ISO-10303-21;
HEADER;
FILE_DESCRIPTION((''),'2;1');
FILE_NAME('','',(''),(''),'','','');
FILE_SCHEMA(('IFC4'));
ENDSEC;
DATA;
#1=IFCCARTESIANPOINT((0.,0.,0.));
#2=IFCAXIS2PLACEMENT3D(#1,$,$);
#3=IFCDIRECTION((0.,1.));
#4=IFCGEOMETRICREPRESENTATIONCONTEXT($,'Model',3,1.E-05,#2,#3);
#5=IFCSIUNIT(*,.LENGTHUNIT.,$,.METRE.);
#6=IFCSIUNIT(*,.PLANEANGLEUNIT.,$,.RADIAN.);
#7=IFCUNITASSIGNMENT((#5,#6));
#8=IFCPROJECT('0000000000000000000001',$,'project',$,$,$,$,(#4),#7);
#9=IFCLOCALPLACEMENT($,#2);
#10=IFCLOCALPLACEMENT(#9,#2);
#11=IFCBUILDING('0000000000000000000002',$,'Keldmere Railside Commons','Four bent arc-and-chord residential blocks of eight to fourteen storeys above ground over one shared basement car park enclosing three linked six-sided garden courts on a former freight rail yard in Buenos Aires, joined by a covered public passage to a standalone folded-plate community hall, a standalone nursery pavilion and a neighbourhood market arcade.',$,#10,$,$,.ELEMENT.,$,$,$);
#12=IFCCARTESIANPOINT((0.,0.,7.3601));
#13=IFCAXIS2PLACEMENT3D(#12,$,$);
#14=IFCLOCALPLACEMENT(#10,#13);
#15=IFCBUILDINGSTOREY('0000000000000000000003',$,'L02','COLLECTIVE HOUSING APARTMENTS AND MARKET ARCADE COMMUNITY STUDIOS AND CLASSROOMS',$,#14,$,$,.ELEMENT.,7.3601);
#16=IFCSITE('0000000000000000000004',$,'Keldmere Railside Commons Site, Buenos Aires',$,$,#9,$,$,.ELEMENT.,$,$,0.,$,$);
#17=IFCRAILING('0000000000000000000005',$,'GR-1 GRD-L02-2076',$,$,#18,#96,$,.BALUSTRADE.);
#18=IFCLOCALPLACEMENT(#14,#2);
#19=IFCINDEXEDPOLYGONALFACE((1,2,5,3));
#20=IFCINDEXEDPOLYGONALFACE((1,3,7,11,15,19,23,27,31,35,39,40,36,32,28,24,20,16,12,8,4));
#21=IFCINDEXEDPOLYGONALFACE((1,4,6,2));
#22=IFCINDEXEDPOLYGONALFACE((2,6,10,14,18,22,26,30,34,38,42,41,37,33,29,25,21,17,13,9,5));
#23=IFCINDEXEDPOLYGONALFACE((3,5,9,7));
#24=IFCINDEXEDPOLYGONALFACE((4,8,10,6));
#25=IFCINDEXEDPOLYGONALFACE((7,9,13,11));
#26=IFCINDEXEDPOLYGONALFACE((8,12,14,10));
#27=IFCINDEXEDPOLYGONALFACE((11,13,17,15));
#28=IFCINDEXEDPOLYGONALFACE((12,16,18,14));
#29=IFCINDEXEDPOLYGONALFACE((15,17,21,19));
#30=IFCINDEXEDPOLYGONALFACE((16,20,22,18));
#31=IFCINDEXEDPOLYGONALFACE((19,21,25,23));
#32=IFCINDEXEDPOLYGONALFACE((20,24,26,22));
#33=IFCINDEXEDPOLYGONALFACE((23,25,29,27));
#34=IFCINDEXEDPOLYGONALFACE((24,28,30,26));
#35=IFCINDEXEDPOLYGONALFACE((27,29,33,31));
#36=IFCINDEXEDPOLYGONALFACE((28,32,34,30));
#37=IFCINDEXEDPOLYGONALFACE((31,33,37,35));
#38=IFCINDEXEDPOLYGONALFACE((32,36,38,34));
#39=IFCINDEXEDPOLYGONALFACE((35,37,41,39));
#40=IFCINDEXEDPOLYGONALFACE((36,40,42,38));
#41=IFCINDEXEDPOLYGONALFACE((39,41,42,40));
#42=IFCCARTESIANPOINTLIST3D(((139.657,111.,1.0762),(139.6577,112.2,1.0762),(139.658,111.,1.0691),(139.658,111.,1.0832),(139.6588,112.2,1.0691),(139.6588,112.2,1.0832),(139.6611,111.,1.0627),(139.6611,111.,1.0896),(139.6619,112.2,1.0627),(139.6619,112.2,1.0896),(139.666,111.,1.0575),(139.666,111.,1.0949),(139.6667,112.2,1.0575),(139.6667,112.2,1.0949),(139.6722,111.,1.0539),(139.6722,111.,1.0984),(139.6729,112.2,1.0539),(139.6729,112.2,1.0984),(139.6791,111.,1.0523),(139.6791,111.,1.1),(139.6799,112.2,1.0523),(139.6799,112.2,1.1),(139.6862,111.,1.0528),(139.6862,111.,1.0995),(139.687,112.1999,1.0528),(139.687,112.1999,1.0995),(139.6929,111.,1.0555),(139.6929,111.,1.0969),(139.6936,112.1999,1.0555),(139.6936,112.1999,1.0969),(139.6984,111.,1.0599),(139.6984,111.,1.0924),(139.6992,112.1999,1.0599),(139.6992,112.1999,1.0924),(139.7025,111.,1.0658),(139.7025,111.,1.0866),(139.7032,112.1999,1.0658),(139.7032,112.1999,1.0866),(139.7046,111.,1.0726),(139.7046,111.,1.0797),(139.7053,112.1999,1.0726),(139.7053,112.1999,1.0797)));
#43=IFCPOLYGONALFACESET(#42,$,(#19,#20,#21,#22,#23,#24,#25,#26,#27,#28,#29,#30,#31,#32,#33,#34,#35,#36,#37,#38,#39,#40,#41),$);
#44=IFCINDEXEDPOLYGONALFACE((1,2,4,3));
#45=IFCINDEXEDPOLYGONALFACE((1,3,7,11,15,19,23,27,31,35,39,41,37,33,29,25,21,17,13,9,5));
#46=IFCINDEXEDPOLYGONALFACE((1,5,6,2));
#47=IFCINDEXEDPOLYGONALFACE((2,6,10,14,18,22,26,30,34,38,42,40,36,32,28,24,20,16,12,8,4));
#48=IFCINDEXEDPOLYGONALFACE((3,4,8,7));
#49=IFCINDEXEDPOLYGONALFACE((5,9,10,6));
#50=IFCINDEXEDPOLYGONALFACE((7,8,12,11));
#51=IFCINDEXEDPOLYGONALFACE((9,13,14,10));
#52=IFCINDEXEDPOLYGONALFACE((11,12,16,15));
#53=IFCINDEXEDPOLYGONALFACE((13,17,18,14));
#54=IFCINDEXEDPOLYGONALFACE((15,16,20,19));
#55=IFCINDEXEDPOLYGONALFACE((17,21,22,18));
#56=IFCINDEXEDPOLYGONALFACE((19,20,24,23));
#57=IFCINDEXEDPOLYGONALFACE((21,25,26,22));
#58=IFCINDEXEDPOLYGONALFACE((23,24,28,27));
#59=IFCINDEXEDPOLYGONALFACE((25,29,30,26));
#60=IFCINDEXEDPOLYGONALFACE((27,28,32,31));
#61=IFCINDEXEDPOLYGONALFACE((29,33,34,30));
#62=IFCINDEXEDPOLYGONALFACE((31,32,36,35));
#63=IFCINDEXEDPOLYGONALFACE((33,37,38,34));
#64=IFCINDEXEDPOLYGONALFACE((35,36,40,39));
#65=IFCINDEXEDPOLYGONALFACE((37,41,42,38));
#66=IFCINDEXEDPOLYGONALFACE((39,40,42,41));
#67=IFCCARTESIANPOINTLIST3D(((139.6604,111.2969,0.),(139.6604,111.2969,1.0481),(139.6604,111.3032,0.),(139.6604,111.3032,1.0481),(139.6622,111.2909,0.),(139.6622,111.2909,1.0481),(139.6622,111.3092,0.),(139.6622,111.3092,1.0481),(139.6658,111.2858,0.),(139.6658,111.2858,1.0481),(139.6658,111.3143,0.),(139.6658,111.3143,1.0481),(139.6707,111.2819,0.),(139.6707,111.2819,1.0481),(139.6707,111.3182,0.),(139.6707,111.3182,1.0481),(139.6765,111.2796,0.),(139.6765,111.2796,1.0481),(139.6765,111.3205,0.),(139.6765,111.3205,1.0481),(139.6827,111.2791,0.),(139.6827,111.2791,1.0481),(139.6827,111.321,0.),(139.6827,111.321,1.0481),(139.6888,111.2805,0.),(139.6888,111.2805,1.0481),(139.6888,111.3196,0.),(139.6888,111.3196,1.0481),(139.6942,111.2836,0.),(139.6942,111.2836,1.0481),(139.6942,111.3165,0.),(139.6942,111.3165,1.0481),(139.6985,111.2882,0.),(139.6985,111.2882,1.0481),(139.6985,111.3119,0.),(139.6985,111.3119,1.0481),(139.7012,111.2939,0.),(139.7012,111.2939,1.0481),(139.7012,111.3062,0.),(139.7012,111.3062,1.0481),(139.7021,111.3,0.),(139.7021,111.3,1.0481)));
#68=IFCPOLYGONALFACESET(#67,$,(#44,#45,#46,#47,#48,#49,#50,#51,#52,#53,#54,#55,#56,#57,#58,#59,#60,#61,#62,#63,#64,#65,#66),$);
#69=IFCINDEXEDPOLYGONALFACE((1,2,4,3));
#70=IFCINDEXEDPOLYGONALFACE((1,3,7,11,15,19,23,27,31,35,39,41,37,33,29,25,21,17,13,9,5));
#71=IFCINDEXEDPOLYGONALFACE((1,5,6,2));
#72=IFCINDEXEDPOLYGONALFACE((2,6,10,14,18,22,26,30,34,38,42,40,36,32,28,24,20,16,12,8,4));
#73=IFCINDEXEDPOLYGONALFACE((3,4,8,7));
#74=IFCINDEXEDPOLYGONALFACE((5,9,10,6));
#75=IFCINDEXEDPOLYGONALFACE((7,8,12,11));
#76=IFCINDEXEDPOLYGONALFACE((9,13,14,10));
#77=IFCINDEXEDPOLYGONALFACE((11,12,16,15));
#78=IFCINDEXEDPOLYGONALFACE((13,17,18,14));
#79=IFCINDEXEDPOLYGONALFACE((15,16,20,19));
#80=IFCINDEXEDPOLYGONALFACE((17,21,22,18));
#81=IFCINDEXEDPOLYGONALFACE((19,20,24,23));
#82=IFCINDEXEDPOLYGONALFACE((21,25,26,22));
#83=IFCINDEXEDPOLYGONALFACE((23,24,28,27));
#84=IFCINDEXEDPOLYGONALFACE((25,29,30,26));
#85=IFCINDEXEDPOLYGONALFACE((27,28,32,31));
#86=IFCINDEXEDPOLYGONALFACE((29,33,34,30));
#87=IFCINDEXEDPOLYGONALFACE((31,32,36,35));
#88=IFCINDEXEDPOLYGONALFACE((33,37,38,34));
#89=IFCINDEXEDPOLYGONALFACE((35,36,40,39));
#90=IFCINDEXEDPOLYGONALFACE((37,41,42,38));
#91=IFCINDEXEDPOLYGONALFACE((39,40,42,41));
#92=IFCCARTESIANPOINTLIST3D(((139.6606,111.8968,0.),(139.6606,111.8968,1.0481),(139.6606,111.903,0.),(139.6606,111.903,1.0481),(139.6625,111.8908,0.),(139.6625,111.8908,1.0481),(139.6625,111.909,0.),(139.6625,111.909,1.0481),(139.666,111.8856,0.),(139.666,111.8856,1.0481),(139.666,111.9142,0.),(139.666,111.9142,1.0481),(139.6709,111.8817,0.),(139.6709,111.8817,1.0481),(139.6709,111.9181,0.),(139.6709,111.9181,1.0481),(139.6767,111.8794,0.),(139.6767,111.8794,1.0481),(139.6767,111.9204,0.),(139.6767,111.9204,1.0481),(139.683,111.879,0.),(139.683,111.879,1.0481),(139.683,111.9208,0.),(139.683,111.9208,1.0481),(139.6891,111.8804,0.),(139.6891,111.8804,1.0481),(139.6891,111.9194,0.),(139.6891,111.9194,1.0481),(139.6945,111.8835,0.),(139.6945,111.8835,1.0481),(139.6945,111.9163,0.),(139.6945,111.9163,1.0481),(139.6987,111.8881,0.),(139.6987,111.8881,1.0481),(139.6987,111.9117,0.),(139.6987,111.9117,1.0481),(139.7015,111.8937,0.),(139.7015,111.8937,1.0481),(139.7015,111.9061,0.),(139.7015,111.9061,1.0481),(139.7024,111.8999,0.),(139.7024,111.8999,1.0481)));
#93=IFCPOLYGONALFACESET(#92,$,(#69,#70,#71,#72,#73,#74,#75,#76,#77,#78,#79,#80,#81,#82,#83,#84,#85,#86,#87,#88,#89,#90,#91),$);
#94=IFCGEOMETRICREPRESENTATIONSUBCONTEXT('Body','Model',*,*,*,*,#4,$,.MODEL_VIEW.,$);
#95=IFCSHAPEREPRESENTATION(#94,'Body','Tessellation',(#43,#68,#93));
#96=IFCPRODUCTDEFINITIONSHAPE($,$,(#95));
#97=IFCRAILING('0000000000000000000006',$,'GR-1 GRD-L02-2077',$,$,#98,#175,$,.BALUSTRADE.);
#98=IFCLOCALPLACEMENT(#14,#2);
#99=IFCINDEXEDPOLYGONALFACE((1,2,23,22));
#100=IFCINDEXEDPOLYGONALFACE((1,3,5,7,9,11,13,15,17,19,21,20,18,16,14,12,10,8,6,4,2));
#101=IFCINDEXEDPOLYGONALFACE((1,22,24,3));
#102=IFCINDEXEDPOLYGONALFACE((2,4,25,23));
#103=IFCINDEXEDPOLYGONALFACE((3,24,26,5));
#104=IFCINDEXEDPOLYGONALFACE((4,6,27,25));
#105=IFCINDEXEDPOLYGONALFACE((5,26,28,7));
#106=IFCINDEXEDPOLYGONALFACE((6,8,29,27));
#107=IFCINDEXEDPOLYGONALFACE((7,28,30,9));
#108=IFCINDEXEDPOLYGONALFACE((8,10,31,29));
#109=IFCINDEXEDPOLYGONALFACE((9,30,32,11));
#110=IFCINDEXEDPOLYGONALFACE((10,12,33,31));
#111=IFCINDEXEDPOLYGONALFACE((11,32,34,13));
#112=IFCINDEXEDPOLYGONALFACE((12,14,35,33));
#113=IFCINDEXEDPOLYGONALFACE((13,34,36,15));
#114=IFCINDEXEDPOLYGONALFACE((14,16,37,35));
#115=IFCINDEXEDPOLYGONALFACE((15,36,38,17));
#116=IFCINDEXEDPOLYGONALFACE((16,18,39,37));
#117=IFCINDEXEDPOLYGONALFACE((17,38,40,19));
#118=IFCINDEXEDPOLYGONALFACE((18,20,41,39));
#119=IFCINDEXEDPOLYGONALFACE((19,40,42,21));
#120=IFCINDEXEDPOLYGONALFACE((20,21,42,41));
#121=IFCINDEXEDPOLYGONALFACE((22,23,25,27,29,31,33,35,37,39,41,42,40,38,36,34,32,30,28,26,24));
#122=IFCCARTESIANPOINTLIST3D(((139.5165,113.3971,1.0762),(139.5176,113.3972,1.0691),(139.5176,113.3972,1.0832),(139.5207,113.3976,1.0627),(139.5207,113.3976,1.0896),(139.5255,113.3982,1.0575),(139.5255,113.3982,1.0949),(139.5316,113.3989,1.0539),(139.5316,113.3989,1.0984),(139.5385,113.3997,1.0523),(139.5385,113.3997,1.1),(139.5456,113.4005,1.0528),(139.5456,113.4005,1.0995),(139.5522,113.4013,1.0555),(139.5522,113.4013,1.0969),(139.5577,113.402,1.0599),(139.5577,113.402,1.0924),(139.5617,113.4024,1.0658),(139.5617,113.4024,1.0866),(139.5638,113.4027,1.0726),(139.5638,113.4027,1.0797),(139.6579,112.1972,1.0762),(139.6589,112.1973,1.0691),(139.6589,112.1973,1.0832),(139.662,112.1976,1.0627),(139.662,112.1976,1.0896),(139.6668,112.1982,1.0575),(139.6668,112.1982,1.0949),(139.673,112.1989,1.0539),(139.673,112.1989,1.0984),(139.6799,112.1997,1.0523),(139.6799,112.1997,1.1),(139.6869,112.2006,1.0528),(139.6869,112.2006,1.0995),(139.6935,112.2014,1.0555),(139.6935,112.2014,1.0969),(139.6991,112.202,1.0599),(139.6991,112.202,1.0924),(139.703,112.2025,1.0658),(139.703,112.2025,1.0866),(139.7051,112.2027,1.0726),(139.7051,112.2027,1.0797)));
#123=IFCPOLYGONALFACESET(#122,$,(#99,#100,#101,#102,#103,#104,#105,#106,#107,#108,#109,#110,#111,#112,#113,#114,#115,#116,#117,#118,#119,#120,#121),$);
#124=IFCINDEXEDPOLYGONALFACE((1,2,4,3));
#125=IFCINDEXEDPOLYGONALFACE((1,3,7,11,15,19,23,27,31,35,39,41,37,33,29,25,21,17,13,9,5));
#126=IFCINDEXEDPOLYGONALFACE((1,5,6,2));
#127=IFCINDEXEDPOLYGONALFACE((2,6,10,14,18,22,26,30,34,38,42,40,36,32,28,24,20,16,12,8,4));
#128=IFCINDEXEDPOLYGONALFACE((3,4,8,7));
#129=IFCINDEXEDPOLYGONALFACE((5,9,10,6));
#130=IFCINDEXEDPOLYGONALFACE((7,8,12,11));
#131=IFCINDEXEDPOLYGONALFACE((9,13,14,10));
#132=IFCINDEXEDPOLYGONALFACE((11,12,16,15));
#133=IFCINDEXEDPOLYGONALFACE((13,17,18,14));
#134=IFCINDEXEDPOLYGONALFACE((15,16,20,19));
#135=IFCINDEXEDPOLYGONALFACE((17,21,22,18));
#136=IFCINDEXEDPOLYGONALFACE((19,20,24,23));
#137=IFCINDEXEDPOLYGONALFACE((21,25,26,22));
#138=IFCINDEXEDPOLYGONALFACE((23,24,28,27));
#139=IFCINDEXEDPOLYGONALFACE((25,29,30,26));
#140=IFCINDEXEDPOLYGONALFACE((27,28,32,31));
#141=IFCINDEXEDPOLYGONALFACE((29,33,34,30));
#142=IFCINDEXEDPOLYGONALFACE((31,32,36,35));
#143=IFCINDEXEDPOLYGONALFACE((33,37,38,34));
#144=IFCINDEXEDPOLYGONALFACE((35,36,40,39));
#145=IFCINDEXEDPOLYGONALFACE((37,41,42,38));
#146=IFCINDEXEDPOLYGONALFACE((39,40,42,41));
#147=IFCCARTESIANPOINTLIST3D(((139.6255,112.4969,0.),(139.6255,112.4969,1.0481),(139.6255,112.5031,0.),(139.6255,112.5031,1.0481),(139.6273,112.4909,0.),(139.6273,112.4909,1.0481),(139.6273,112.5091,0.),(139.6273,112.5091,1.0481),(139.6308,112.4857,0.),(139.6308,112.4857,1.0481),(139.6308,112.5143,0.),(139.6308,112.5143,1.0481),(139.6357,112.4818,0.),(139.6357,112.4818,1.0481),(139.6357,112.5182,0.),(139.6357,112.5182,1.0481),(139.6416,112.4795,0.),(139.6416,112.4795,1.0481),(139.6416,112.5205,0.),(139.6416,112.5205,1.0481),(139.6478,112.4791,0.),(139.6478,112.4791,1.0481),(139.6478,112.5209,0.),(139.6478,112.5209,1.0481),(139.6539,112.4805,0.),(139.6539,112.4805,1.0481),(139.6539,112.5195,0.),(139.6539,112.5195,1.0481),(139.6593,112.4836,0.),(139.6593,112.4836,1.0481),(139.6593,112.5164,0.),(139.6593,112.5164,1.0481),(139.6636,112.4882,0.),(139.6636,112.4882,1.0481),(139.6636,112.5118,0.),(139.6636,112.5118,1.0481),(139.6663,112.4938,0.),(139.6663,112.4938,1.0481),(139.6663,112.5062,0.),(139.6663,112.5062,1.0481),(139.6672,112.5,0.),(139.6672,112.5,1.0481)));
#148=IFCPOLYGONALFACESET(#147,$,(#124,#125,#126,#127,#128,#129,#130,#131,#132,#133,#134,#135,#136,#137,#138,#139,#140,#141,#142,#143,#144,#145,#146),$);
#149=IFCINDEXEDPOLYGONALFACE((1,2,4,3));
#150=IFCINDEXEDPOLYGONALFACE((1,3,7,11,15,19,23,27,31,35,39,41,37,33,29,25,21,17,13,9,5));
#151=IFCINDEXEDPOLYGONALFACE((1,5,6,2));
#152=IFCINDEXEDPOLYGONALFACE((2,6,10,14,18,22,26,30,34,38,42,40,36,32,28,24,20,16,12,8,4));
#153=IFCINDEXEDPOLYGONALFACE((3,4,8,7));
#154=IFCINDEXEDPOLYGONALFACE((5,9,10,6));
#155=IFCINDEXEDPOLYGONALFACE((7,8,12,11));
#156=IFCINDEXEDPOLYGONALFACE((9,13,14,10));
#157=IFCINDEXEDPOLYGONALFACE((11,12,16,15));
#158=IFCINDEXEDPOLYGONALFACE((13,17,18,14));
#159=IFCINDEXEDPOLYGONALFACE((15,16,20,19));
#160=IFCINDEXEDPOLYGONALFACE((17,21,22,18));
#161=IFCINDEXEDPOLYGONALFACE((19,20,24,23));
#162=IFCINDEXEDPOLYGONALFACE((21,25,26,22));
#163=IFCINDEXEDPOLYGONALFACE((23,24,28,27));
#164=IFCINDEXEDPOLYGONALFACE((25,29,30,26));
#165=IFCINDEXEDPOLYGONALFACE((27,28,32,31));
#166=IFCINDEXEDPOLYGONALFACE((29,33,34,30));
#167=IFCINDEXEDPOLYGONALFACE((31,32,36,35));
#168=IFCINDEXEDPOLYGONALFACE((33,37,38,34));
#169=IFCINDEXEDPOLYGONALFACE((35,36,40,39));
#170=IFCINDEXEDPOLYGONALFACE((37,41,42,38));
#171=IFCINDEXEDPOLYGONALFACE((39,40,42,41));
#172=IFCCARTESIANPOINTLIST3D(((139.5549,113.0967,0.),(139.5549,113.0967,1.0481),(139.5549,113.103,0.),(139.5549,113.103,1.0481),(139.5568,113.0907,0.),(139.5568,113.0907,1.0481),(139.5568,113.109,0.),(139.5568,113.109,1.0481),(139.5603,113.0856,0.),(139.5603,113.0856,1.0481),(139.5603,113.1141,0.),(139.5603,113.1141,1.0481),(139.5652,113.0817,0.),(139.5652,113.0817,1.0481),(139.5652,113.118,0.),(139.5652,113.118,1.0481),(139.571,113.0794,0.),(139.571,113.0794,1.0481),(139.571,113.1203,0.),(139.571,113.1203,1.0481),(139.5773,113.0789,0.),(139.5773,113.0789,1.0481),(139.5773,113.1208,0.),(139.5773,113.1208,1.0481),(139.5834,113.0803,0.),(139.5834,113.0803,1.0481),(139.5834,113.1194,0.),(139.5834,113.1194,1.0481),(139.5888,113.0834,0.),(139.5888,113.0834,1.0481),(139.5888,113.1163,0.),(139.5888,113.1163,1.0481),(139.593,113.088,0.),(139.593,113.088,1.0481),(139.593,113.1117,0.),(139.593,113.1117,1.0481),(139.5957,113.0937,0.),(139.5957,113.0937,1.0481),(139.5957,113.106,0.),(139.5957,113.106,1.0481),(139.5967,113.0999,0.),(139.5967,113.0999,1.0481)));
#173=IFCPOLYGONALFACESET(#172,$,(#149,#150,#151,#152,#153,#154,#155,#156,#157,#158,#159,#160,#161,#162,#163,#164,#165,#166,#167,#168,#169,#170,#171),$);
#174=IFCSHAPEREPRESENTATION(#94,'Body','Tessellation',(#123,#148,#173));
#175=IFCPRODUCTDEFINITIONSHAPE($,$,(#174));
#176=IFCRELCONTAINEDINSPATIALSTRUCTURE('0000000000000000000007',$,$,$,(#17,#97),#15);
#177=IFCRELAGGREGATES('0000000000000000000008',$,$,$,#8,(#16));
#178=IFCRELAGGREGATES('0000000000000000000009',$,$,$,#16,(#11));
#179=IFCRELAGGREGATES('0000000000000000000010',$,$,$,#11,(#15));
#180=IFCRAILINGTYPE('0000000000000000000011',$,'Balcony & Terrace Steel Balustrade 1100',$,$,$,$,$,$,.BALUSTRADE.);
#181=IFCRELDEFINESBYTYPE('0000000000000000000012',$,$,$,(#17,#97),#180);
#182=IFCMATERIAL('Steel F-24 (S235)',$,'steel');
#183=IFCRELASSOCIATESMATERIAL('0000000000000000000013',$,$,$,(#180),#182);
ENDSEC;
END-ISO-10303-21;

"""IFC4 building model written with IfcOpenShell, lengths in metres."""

from ifc_helpers import new_model, si_unit, direction, frame, origin, origin_2d, place, context, subcontext, project, spatial, circle, extrude, material, type_object, element, save


model = new_model("IFC4")

# Units and contexts
model_context = context("Model", 3, precision=1e-05, world=origin(), true_north=direction((0.0, 1.0)))
body_context = subcontext(model_context, "Body", "Model", "MODEL_VIEW")
ifc_project = project(units=[si_unit("LENGTHUNIT", "METRE"), si_unit("PLANEANGLEUNIT", "RADIAN")], contexts=[model_context])

# Site, building, storey
site_placement = place(None, origin())
site = spatial("IfcSite", under=ifc_project, at=site_placement, Name="Keldmere Railside Commons Site, Buenos Aires", CompositionType="ELEMENT", RefElevation=0.0)
building_placement = place(site_placement, origin())
building = spatial("IfcBuilding", under=site, at=building_placement, Name="Keldmere Railside Commons", Description="Four bent arc-and-chord residential blocks of eight to fourteen storeys above ground over one shared basement car park enclosing three linked six-sided garden courts on a former freight rail yard in Buenos Aires, joined by a covered public passage to a standalone folded-plate community hall, a standalone nursery pavilion and a neighbourhood market arcade.", CompositionType="ELEMENT")
storey_placement = place(building_placement, frame((0.0, 0.0, 7.3601)))
storey = spatial("IfcBuildingStorey", under=building, at=storey_placement, Name="L02", Description="COLLECTIVE HOUSING APARTMENTS AND MARKET ARCADE COMMUNITY STUDIOS AND CLASSROOMS", CompositionType="ELEMENT", Elevation=7.3601)

# Railings
ifc_material_1 = material(Name="Steel F-24 (S235)", Category="steel")
railing_type = type_object("IfcRailingType", Name="Balcony & Terrace Steel Balustrade 1100", PredefinedType="BALUSTRADE", material=ifc_material_1)
railing_1_placement = place(storey_placement, frame((139.6809, 111.0, 0.0)))
element("IfcRailing", 1, at=railing_1_placement, inside=storey, type_object=railing_type, Name="GR-1 GRD-L02-2076", PredefinedType="BALUSTRADE", context=body_context, shape_type="SweptSolid", body=[
    extrude(circle(Radius=0.0239, at=origin_2d()), frame((0.0, 0.0, 1.0762), z_axis=(0.00061, 1.0, 0.0), x_axis=(-1.0, 0.00061, 0.0)), (0.0, 0.0, 1.0), 1.2),
    extrude(circle(Radius=0.021, at=origin_2d()), frame((0.0002, 0.3, 0.0)), (0.0, 0.0, 1.0), 1.0481),
    extrude(circle(Radius=0.021, at=origin_2d()), frame((0.0005, 0.8999, 0.0)), (0.0, 0.0, 1.0), 1.0481),
])
railing_2_placement = place(storey_placement, frame((139.6816, 112.2, 0.0)))
element("IfcRailing", 2, at=railing_2_placement, inside=storey, type_object=railing_type, Name="GR-1 GRD-L02-2077", PredefinedType="BALUSTRADE", context=body_context, shape_type="SweptSolid", body=[
    extrude(circle(Radius=0.0239, at=origin_2d()), frame((0.0, 0.0, 1.0762), z_axis=(-0.116994, 0.993133, 0.0), x_axis=(-0.993133, -0.116994, 0.0)), (0.0, 0.0, 1.0), 1.2083),
    extrude(circle(Radius=0.021, at=origin_2d()), frame((-0.0354, 0.3, 0.0)), (0.0, 0.0, 1.0), 1.0481),
    extrude(circle(Radius=0.021, at=origin_2d()), frame((-0.106, 0.8999, 0.0)), (0.0, 0.0, 1.0), 1.0481),
])

save(model, "model.ifc")
